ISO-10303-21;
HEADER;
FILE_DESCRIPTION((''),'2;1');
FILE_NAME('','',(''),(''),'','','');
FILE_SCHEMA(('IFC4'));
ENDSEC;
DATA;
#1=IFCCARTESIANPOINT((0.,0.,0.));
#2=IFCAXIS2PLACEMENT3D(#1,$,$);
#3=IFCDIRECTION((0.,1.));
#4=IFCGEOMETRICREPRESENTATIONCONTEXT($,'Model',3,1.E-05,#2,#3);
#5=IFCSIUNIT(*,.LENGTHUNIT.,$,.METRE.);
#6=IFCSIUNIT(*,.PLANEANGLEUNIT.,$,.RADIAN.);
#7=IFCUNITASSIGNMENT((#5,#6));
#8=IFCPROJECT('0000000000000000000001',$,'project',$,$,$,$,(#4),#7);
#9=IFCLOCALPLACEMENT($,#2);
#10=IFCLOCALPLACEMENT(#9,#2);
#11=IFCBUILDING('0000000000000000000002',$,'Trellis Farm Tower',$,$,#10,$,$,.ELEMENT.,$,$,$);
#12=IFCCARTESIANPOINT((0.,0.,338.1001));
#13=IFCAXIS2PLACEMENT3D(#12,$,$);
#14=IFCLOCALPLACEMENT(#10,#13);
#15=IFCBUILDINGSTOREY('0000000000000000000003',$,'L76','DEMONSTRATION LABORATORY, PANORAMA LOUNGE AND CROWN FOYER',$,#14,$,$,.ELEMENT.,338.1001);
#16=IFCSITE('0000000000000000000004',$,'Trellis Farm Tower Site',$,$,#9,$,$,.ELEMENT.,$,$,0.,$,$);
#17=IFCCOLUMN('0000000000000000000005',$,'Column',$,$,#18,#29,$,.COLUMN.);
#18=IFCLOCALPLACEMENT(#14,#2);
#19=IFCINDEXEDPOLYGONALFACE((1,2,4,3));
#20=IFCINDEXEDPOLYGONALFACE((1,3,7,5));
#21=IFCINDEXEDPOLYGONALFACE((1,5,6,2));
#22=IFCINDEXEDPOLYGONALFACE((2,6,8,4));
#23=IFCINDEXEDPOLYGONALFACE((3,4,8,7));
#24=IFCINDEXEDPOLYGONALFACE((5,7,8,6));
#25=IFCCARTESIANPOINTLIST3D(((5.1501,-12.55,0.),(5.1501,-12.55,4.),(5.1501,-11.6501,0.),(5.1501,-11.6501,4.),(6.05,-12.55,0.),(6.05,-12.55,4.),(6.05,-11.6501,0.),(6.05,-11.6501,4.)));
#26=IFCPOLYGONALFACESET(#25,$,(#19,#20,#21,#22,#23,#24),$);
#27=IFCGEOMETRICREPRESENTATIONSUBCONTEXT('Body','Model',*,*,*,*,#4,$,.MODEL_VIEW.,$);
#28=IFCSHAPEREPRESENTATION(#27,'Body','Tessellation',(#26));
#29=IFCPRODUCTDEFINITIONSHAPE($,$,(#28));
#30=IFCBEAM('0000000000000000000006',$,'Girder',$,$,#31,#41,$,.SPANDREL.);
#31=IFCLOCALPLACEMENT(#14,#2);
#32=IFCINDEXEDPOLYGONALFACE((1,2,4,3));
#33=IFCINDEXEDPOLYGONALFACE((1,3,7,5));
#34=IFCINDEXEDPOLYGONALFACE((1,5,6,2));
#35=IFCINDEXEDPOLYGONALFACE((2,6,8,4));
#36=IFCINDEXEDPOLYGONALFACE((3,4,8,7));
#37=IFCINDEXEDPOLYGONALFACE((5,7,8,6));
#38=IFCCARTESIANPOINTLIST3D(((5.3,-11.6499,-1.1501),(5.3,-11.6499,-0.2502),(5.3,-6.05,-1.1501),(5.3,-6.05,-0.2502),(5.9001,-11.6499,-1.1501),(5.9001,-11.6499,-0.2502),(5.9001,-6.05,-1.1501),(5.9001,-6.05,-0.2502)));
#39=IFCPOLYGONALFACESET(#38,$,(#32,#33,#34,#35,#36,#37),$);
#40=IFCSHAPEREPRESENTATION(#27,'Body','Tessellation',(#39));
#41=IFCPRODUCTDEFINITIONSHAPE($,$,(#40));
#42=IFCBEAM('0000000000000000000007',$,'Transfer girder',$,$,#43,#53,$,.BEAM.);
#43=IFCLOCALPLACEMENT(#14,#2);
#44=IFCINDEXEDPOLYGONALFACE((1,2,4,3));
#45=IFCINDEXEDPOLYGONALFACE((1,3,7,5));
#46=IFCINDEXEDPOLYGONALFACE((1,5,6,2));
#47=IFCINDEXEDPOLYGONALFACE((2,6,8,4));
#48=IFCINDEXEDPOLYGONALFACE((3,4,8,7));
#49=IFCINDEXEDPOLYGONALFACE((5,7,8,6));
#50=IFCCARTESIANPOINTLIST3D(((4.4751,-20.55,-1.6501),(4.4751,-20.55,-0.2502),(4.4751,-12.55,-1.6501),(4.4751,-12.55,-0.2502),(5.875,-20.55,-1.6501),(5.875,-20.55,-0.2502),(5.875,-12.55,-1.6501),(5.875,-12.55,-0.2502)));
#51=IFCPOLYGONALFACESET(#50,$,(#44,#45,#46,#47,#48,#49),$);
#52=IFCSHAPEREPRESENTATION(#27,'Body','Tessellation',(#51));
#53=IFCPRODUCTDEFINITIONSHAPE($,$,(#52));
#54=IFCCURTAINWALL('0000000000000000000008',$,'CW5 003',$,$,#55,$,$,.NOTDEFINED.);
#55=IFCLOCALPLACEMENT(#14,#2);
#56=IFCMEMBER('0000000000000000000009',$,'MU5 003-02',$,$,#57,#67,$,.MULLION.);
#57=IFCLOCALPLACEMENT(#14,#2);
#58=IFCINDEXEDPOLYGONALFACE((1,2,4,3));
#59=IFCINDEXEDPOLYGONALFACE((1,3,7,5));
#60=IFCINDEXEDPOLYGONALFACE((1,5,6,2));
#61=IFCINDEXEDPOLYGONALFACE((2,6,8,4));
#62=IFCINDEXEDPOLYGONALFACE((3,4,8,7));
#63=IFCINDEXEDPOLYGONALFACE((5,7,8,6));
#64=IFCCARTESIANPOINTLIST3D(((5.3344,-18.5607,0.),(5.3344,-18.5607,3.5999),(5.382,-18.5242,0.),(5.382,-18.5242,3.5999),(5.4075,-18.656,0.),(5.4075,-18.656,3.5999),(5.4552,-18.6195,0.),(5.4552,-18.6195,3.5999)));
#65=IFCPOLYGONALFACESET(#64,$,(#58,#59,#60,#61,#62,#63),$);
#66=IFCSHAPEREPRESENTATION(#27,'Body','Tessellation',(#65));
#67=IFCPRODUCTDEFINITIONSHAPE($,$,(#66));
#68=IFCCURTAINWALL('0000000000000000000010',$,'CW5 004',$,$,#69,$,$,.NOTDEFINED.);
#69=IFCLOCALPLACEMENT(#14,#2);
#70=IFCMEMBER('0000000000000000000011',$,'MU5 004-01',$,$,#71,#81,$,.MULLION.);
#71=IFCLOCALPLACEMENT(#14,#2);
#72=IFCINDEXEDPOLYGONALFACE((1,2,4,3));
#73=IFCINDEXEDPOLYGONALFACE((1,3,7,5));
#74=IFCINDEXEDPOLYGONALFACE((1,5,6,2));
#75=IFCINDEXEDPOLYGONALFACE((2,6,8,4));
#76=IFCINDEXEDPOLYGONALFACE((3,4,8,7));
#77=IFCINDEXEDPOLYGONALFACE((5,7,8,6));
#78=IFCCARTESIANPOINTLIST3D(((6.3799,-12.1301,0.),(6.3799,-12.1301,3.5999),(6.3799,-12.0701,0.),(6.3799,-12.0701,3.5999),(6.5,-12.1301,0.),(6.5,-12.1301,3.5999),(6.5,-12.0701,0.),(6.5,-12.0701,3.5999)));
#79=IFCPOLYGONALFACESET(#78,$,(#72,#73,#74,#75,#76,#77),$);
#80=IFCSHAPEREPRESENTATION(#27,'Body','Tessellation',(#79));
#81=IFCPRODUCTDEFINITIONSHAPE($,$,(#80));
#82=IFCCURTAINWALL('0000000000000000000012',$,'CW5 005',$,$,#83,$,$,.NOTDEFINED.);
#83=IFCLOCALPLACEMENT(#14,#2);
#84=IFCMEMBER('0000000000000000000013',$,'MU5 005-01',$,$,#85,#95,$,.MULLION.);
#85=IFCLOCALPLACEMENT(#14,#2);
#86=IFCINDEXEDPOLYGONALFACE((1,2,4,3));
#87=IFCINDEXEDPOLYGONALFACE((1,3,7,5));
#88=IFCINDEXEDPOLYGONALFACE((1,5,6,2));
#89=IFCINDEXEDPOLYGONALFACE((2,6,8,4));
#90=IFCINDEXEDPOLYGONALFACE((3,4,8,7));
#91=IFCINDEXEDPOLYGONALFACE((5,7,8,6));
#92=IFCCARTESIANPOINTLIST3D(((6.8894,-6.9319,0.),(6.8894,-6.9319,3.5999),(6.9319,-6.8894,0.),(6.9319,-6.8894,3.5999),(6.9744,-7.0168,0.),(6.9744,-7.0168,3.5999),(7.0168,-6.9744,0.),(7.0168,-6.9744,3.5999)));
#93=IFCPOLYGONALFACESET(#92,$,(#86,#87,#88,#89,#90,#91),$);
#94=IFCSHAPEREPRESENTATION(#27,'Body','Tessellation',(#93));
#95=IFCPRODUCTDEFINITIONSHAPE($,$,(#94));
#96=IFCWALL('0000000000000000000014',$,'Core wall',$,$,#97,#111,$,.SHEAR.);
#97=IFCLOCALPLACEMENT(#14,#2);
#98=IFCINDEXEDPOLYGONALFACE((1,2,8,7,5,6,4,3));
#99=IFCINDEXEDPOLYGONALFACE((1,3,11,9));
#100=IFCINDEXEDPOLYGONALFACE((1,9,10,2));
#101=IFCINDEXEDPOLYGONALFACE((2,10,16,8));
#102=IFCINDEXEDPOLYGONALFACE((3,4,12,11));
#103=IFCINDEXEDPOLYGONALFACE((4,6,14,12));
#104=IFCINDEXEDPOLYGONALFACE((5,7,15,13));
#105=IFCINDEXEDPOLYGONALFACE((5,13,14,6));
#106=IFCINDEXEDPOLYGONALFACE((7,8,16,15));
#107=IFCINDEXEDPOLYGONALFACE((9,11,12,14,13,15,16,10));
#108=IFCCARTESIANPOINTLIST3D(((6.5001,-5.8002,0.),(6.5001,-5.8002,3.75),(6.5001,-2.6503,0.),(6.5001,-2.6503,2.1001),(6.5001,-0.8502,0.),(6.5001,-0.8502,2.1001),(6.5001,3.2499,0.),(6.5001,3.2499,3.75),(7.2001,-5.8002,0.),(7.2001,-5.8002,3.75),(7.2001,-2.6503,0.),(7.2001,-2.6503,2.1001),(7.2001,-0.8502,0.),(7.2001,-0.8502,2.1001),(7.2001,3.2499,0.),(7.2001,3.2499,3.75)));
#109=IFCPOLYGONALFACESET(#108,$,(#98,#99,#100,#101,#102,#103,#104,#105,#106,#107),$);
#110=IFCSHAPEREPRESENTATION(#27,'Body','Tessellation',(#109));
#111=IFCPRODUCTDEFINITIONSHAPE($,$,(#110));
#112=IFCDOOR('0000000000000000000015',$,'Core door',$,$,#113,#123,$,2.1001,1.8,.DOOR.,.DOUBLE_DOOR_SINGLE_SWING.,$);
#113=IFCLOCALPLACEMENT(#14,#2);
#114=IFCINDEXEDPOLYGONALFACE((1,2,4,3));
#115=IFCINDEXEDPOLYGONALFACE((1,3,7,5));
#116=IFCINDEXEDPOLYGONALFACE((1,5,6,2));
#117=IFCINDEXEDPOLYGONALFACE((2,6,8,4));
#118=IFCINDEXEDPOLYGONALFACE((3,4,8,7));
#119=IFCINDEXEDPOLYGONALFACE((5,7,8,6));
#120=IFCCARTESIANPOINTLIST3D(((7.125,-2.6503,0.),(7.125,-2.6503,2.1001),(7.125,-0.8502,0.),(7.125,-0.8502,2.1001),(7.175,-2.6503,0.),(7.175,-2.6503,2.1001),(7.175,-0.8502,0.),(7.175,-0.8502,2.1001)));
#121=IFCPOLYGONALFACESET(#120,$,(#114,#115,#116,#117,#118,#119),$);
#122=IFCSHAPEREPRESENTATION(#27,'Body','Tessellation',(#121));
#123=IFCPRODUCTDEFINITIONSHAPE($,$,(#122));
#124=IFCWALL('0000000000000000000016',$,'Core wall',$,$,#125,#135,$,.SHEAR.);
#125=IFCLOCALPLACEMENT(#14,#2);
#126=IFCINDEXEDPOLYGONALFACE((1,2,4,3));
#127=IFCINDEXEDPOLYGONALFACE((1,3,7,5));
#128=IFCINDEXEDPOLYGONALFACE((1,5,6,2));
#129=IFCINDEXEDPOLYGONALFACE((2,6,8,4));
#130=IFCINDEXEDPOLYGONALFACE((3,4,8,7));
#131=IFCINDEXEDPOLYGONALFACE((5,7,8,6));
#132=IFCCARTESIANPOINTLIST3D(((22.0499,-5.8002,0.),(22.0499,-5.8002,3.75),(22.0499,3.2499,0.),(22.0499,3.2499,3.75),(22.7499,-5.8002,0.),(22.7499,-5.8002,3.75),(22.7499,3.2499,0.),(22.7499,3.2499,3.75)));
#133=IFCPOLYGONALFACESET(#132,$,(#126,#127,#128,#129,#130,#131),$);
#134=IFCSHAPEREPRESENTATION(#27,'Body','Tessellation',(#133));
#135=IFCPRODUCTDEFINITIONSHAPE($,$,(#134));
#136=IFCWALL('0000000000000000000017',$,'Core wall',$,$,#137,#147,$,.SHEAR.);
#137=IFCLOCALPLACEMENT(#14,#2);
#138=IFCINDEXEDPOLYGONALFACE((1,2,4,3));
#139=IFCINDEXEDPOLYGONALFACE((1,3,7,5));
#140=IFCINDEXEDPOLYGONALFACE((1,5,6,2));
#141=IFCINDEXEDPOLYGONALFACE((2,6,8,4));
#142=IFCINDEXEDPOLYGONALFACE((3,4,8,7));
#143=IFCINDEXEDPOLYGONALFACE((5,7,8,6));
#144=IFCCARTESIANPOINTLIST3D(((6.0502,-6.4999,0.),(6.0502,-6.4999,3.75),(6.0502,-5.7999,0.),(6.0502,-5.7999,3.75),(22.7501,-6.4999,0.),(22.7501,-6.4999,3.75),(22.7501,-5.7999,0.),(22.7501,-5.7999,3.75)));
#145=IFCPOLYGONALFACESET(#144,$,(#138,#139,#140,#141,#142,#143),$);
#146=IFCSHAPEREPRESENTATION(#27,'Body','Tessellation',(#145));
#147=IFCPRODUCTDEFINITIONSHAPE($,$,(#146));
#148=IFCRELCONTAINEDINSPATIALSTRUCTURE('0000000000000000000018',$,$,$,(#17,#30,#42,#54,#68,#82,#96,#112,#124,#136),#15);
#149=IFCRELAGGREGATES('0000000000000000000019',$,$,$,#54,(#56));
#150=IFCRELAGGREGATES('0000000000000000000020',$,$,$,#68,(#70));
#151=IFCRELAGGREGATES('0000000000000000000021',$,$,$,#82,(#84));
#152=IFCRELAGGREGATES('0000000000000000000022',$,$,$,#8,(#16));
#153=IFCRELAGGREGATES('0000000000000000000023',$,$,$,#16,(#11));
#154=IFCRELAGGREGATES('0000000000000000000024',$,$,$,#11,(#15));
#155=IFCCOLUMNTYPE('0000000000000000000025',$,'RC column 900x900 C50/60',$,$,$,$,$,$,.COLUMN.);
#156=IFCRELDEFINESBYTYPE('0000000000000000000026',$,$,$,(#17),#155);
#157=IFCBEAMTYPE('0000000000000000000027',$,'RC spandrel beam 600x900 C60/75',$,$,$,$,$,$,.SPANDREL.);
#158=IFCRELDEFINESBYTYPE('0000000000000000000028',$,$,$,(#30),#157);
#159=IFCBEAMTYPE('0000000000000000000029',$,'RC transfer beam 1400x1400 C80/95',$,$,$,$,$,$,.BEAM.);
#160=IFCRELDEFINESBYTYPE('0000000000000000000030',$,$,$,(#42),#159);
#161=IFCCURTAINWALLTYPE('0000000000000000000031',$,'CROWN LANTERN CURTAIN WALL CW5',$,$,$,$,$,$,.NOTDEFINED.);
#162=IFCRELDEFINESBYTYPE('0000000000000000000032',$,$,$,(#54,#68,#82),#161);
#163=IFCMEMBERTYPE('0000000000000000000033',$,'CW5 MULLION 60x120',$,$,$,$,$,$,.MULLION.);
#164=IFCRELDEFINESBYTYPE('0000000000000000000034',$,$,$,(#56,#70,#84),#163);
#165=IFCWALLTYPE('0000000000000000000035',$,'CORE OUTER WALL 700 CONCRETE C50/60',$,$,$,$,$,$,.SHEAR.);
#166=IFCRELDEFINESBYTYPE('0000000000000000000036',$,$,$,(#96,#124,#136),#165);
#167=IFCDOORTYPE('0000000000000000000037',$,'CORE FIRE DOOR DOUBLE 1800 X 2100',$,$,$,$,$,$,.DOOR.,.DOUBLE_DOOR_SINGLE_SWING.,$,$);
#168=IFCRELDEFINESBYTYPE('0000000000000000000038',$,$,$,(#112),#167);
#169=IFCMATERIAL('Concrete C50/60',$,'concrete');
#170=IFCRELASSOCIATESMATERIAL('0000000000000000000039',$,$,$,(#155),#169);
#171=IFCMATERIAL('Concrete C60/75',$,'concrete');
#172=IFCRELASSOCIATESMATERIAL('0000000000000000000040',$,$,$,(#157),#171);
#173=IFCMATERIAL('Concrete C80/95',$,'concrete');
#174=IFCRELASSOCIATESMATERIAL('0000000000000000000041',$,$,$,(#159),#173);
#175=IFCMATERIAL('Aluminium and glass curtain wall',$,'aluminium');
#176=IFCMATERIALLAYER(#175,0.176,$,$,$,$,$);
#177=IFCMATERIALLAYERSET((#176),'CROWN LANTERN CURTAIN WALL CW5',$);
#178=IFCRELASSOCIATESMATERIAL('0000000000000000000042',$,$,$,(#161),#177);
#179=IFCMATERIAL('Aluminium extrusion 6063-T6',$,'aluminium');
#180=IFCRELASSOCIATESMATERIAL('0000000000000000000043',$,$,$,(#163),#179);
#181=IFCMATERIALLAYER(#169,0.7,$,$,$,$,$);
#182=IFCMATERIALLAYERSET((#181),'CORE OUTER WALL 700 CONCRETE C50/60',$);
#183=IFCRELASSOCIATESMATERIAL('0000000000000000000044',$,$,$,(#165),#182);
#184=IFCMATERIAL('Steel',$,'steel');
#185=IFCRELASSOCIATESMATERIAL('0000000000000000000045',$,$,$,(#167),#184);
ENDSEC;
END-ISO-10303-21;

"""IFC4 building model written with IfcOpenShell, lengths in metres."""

from ifc_helpers import new_model, si_unit, direction, frame, frame_2d, origin, origin_2d, place, context, subcontext, project, spatial, rectangle, extrude, source, transform, mapped, material, layer, layer_set, material_profile, profile_set, type_object, element, fill, aggregate, save


model = new_model("IFC4")

# Units and contexts
model_context = context("Model", 3, precision=1e-05, world=origin(), true_north=direction((0.0, 1.0)))
body_context = subcontext(model_context, "Body", "Model", "MODEL_VIEW")
ifc_project = project(units=[si_unit("LENGTHUNIT", "METRE"), si_unit("PLANEANGLEUNIT", "RADIAN")], contexts=[model_context])

# Site, building, storey
site_placement = place(None, origin())
site = spatial("IfcSite", under=ifc_project, at=site_placement, Name="Trellis Farm Tower Site", CompositionType="ELEMENT", RefElevation=0.0)
building_placement = place(site_placement, origin())
building = spatial("IfcBuilding", under=site, at=building_placement, Name="Trellis Farm Tower", CompositionType="ELEMENT")
storey_placement = place(building_placement, frame((0.0, 0.0, 338.1001)))
storey = spatial("IfcBuildingStorey", under=building, at=storey_placement, Name="L76", Description="DEMONSTRATION LABORATORY, PANORAMA LOUNGE AND CROWN FOYER", CompositionType="ELEMENT", Elevation=338.1001)

# Column
ifc_material_1 = material(Name="Concrete C50/60", Category="concrete")
ifc_material_profile_1 = material_profile(ifc_material_1, rectangle(XDim=0.8999, YDim=0.8999, at=origin_2d()), Name="RC column 900x900 C50/60")
ifc_profile_set_1 = profile_set([ifc_material_profile_1], Name="Concrete C50/60")
column_type = type_object("IfcColumnType", Name="RC column 900x900 C50/60", PredefinedType="COLUMN", material=ifc_profile_set_1)
shared_shape_1 = source(origin(), body_context, "Body", "SweptSolid", [
    extrude(rectangle(XDim=0.8999, YDim=0.8999, at=origin_2d()), origin(), (0.0, 0.0, 1.0), 4.0),
])
column_placement = place(storey_placement, frame((5.6001, -12.1001, 0.0), z_axis=(0.0, 0.0, 1.0), x_axis=(1.0, 0.0, 0.0)))
element("IfcColumn", 1, at=column_placement, inside=storey, type_object=column_type, Name="Column", PredefinedType="COLUMN", context=body_context, shape_type="MappedRepresentation", body=[
    mapped(shared_shape_1, transform((0.0, 0.0, 0.0))),
])

# Beams
ifc_material_2 = material(Name="Concrete C60/75", Category="concrete")
ifc_material_profile_2 = material_profile(ifc_material_2, rectangle(XDim=0.6001, YDim=0.8999, at=origin_2d()), Name="RC spandrel beam 600x900 C60/75")
ifc_profile_set_2 = profile_set([ifc_material_profile_2], Name="Concrete C60/75")
beam_type_1 = type_object("IfcBeamType", Name="RC spandrel beam 600x900 C60/75", PredefinedType="SPANDREL", material=ifc_profile_set_2)
shared_shape_2 = source(origin(), body_context, "Body", "SweptSolid", [
    extrude(rectangle(XDim=0.6001, YDim=0.8999, at=origin_2d()), origin(), (0.0, 0.0, 1.0), 5.5999),
])
beam_1_placement = place(storey_placement, frame((5.6001, -11.6499, -0.7002), z_axis=(0.0, 1.0, 0.0), x_axis=(-1.0, 0.0, 0.0)))
element("IfcBeam", 2, at=beam_1_placement, inside=storey, type_object=beam_type_1, Name="Girder", PredefinedType="SPANDREL", context=body_context, shape_type="MappedRepresentation", body=[
    mapped(shared_shape_2, transform((0.0, 0.0, 0.0))),
])
ifc_material_3 = material(Name="Concrete C80/95", Category="concrete")
ifc_material_profile_3 = material_profile(ifc_material_3, rectangle(XDim=1.3999, YDim=1.3999, at=origin_2d()), Name="RC transfer beam 1400x1400 C80/95")
ifc_profile_set_3 = profile_set([ifc_material_profile_3], Name="Concrete C80/95")
beam_type_2 = type_object("IfcBeamType", Name="RC transfer beam 1400x1400 C80/95", PredefinedType="BEAM", material=ifc_profile_set_3)
shared_shape_3 = source(origin(), body_context, "Body", "SweptSolid", [
    extrude(rectangle(XDim=1.3999, YDim=1.3999, at=origin_2d()), origin(), (0.0, 0.0, 1.0), 8.0),
])
beam_2_placement = place(storey_placement, frame((5.175, -20.55, -0.9502), z_axis=(0.0, 1.0, 0.0), x_axis=(-1.0, 0.0, 0.0)))
element("IfcBeam", 3, at=beam_2_placement, inside=storey, type_object=beam_type_2, Name="Transfer girder", PredefinedType="BEAM", context=body_context, shape_type="MappedRepresentation", body=[
    mapped(shared_shape_3, transform((0.0, 0.0, 0.0))),
])

# Curtain walls, members
ifc_material_4 = material(Name="Aluminium and glass curtain wall", Category="aluminium")
ifc_layer_1 = layer(ifc_material_4, 0.176)
ifc_layer_set_1 = layer_set([ifc_layer_1], Name="CROWN LANTERN CURTAIN WALL CW5")
curtain_wall_type = type_object("IfcCurtainWallType", Name="CROWN LANTERN CURTAIN WALL CW5", PredefinedType="NOTDEFINED", material=ifc_layer_set_1)
placement = place(storey_placement, origin())
curtain_wall_1 = element("IfcCurtainWall", 4, at=placement, inside=storey, type_object=curtain_wall_type, Name="CW5 003", PredefinedType="NOTDEFINED")
ifc_material_5 = material(Name="Aluminium extrusion 6063-T6", Category="aluminium")
ifc_material_profile_4 = material_profile(ifc_material_5, rectangle(XDim=0.0601, YDim=0.1201, at=origin_2d()), Name="MULLION 60x120")
ifc_profile_set_4 = profile_set([ifc_material_profile_4], Name="Aluminium extrusion 6063-T6")
member_type = type_object("IfcMemberType", Name="CW5 MULLION 60x120", PredefinedType="MULLION", material=ifc_profile_set_4)
shared_shape_4 = source(origin(), body_context, "Body", "SweptSolid", [
    extrude(rectangle(XDim=0.0601, YDim=0.1201, at=origin_2d()), origin(), (0.0, 0.0, 1.0), 3.5999),
])
member_1_placement = place(storey_placement, frame((5.3948, -18.5901, 0.0), z_axis=(0.0, 0.0, 1.0), x_axis=(0.793353, 0.608761, 0.0)))
member_1 = element("IfcMember", 5, at=member_1_placement, type_object=member_type, Name="MU5 003-02", PredefinedType="MULLION", context=body_context, shape_type="MappedRepresentation", body=[
    mapped(shared_shape_4, transform((0.0, 0.0, 0.0))),
])
aggregate(curtain_wall_1, [member_1])
curtain_wall_2 = element("IfcCurtainWall", 6, at=placement, inside=storey, type_object=curtain_wall_type, Name="CW5 004", PredefinedType="NOTDEFINED")
member_2_placement = place(storey_placement, frame((6.4399, -12.1001, 0.0), z_axis=(0.0, 0.0, 1.0), x_axis=(0.0, 1.0, 0.0)))
member_2 = element("IfcMember", 7, at=member_2_placement, type_object=member_type, Name="MU5 004-01", PredefinedType="MULLION", context=body_context, shape_type="MappedRepresentation", body=[
    mapped(shared_shape_4, transform((0.0, 0.0, 0.0))),
])
aggregate(curtain_wall_2, [member_2])
curtain_wall_3 = element("IfcCurtainWall", 8, at=placement, inside=storey, type_object=curtain_wall_type, Name="CW5 005", PredefinedType="NOTDEFINED")
member_3_placement = place(storey_placement, frame((6.9531, -6.9531, 0.0), z_axis=(0.0, 0.0, 1.0), x_axis=(0.707107, 0.707107, 0.0)))
member_3 = element("IfcMember", 9, at=member_3_placement, type_object=member_type, Name="MU5 005-01", PredefinedType="MULLION", context=body_context, shape_type="MappedRepresentation", body=[
    mapped(shared_shape_4, transform((0.0, 0.0, 0.0))),
])
aggregate(curtain_wall_3, [member_3])

# Wall, opening, door
ifc_layer_2 = layer(ifc_material_1, 0.7)
ifc_layer_set_2 = layer_set([ifc_layer_2], Name="CORE OUTER WALL 700 CONCRETE C50/60")
wall_type_1 = type_object("IfcWallType", Name="CORE OUTER WALL 700 CONCRETE C50/60", PredefinedType="SHEAR", material=ifc_layer_set_2)
shared_shape_5 = source(origin(), body_context, "Body", "SweptSolid", [
    extrude(rectangle(XDim=9.05, YDim=0.7, at=frame_2d((4.5249, 0.0))), origin(), (0.0, 0.0, 1.0), 3.75),
])
wall_1_placement = place(storey_placement, frame((6.8501, -5.8, 0.0), z_axis=(0.0, 0.0, 1.0), x_axis=(0.0, 1.0, 0.0)))
wall_1 = element("IfcWall", 10, at=wall_1_placement, inside=storey, type_object=wall_type_1, Name="Core wall", PredefinedType="SHEAR", context=body_context, shape_type="MappedRepresentation", body=[
    mapped(shared_shape_5, transform((0.0, 0.0, 0.0))),
])
shared_shape_6 = source(origin(), body_context, "Body", "SweptSolid", [
    extrude(rectangle(XDim=1.8, YDim=2.1001, at=frame_2d((0.8999, 1.05))), frame((0.0, 0.3601, 0.0), z_axis=(0.0, -1.0, 0.0), x_axis=(1.0, 0.0, 0.0)), (0.0, 0.0, 1.0), 0.7202),
])
opening_1_placement = place(wall_1_placement, frame((3.1499, 0.0, 0.0)))
opening_1 = element("IfcOpeningElement", 11, at=opening_1_placement, cuts=wall_1, PredefinedType="OPENING", context=body_context, shape_type="MappedRepresentation", body=[
    mapped(shared_shape_6, transform((0.0, 0.0, 0.0))),
])
ifc_material_6 = material(Name="Steel", Category="steel")
door_type_1 = type_object("IfcDoorType", Name="CORE FIRE DOOR DOUBLE 1800 X 2100", OperationType="DOUBLE_DOOR_SINGLE_SWING", PredefinedType="DOOR", material=ifc_material_6)
shared_shape_7 = source(origin(), body_context, "Body", "SweptSolid", [
    extrude(rectangle(XDim=1.8, YDim=2.1001, at=frame_2d((0.8999, 1.05))), frame((0.0, -0.2749, 0.0), z_axis=(0.0, -1.0, 0.0), x_axis=(1.0, 0.0, 0.0)), (0.0, 0.0, 1.0), 0.05),
])
door_1_placement = place(opening_1_placement, origin())
door_1 = element("IfcDoor", 12, at=door_1_placement, inside=storey, type_object=door_type_1, Name="Core door", OperationType="DOUBLE_DOOR_SINGLE_SWING", OverallHeight=2.1001, OverallWidth=1.8, PredefinedType="DOOR", context=body_context, shape_type="MappedRepresentation", body=[
    mapped(shared_shape_7, transform((0.0, 0.0, 0.0))),
])
fill(opening_1, door_1)

# Walls
wall_2_placement = place(storey_placement, frame((22.3999, -5.8, 0.0), z_axis=(0.0, 0.0, 1.0), x_axis=(0.0, 1.0, 0.0)))
element("IfcWall", 13, at=wall_2_placement, inside=storey, type_object=wall_type_1, Name="Core wall", PredefinedType="SHEAR", context=body_context, shape_type="MappedRepresentation", body=[
    mapped(shared_shape_5, transform((0.0, 0.0, 0.0))),
])
shared_shape_8 = source(origin(), body_context, "Body", "SweptSolid", [
    extrude(rectangle(XDim=16.7, YDim=0.7, at=frame_2d((8.3501, 0.0))), origin(), (0.0, 0.0, 1.0), 3.75),
])
wall_3_placement = place(storey_placement, frame((6.05, -6.1499, 0.0), z_axis=(0.0, 0.0, 1.0), x_axis=(1.0, 0.0, 0.0)))
element("IfcWall", 14, at=wall_3_placement, inside=storey, type_object=wall_type_1, Name="Core wall", PredefinedType="SHEAR", context=body_context, shape_type="MappedRepresentation", body=[
    mapped(shared_shape_8, transform((0.0, 0.0, 0.0))),
])

save(model, "model.ifc")
